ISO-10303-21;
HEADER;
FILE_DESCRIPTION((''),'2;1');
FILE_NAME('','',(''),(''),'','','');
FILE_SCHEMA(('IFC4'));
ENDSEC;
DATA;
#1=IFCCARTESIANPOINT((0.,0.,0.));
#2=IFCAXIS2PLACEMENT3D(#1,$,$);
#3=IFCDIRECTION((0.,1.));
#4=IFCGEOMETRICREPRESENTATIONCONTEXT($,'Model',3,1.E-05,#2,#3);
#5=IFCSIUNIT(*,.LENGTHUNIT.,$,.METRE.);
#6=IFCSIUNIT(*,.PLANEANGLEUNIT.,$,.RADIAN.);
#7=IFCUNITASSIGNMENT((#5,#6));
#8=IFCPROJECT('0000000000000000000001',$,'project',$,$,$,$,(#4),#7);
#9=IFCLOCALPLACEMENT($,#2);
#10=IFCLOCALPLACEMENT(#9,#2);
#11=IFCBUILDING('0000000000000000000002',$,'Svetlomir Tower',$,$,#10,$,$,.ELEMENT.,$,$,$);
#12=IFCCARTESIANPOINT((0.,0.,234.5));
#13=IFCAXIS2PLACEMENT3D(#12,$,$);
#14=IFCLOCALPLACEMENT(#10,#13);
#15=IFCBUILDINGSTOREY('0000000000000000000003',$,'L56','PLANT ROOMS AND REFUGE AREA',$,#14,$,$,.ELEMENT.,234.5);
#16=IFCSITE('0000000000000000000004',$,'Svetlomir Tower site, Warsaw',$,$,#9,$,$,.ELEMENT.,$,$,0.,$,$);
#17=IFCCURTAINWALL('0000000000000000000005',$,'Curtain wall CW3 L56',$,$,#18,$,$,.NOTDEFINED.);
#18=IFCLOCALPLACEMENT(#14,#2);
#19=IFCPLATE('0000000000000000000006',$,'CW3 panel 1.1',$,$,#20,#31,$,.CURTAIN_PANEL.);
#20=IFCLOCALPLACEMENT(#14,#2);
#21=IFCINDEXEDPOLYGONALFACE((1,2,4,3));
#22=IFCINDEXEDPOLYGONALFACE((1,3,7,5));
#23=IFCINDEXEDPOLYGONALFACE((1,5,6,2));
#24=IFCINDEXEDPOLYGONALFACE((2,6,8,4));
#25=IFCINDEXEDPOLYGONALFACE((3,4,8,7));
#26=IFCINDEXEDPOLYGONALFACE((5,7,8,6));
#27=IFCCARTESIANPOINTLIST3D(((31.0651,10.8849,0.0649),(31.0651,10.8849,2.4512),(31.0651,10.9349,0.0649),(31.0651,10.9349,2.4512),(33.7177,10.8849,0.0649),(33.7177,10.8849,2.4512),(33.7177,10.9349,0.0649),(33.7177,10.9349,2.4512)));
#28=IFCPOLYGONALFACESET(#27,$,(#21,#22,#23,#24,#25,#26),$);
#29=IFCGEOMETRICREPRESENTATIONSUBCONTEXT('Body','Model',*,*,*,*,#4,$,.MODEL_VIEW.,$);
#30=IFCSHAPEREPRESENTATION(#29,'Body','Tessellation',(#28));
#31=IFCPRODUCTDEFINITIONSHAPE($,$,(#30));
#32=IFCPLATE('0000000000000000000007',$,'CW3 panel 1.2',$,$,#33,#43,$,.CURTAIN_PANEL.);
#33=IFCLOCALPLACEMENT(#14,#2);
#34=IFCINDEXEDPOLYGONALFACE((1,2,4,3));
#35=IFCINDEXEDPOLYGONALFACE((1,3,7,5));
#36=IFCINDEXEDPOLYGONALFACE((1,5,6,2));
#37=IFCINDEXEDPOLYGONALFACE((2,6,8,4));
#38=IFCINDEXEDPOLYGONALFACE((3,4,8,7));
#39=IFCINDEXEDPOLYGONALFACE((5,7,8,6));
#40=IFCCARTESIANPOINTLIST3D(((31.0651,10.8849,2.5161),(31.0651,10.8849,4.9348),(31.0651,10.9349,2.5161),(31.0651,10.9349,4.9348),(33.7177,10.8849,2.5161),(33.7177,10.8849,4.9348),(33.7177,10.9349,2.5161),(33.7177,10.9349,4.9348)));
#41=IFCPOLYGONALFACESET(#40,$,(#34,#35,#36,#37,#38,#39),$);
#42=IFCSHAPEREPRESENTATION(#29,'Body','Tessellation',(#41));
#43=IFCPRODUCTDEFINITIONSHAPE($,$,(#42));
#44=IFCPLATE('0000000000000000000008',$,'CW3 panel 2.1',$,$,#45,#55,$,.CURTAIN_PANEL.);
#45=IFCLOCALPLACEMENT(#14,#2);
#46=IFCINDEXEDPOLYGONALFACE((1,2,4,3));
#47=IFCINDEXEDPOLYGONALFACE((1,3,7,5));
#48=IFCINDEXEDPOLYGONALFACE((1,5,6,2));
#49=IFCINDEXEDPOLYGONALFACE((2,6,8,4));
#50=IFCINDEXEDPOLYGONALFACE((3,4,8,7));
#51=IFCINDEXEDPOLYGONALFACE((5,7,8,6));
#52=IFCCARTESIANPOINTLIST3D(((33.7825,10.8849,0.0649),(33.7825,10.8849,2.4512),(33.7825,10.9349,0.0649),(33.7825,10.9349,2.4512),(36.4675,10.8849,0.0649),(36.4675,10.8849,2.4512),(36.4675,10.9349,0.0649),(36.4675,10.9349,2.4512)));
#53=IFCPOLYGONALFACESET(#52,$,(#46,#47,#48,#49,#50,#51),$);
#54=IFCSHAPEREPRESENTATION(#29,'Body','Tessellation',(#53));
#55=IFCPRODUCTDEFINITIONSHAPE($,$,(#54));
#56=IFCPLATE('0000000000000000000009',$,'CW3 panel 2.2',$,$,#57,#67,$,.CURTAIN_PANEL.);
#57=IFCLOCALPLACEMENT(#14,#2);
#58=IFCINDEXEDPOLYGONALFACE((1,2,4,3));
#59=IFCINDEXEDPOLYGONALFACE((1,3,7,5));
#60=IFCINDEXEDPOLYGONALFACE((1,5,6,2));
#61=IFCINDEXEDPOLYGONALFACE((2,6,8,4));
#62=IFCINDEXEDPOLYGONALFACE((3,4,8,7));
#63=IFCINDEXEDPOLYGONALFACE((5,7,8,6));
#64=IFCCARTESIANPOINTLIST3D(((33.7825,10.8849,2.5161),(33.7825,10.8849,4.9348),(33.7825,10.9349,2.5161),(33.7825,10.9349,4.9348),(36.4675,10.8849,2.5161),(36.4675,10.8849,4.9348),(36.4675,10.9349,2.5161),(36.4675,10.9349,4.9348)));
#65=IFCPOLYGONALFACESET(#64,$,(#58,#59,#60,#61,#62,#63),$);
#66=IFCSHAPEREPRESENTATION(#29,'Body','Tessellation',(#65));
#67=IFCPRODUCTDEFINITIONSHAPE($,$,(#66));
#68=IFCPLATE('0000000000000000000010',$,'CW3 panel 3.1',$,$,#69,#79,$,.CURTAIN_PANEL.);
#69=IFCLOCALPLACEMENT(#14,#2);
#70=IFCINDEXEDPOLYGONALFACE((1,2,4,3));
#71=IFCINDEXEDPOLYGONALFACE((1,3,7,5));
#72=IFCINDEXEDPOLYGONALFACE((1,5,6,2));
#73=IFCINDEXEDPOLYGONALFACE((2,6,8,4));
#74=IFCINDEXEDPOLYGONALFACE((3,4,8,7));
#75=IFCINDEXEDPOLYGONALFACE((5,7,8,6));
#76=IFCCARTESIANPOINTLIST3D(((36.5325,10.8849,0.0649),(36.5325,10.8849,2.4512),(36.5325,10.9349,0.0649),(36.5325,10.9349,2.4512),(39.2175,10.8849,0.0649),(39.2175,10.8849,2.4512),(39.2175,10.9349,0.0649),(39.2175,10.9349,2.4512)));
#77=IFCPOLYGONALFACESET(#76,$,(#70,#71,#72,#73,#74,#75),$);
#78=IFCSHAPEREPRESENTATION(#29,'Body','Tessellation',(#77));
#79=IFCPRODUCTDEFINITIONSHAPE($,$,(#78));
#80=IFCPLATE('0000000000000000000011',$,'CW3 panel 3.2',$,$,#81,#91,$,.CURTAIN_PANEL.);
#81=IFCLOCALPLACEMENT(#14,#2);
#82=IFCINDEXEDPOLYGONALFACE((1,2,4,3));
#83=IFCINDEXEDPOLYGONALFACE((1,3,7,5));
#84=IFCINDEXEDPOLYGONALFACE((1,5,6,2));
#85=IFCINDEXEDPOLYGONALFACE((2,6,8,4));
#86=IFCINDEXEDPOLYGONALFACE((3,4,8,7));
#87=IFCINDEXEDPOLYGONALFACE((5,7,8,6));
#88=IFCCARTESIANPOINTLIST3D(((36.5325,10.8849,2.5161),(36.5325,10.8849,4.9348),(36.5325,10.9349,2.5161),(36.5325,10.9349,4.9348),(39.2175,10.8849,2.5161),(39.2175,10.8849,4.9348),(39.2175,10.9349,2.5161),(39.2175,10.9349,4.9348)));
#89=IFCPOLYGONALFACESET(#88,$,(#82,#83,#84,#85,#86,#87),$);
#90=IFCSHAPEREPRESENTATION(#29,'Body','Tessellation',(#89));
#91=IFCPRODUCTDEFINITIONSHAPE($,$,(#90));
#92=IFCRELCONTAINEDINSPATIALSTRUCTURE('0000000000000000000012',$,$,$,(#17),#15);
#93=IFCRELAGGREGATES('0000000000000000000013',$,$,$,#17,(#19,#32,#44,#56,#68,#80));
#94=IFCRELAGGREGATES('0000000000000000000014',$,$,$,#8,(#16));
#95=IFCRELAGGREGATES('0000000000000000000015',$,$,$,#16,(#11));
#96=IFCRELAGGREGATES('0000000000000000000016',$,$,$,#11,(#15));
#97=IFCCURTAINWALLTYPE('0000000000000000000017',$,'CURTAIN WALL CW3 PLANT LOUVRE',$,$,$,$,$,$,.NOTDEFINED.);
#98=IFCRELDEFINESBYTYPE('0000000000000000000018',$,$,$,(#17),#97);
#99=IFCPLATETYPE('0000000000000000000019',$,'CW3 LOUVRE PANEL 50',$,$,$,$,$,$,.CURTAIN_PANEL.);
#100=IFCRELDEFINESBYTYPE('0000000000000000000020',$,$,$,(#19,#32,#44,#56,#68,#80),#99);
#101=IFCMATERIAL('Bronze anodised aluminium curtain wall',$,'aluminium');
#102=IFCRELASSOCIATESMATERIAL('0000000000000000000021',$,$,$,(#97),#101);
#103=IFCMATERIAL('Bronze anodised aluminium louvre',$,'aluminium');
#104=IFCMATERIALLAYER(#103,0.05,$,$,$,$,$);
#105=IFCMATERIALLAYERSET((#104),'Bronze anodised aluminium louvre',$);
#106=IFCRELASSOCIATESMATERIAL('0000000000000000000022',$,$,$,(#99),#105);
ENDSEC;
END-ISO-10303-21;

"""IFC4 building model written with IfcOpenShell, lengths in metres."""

from ifc_helpers import new_model, si_unit, direction, frame, origin, origin_2d, place, context, subcontext, project, spatial, rectangle, extrude, material, layer, layer_set, type_object, element, aggregate, save


model = new_model("IFC4")

# Units and contexts
model_context = context("Model", 3, precision=1e-05, world=origin(), true_north=direction((0.0, 1.0)))
body_context = subcontext(model_context, "Body", "Model", "MODEL_VIEW")
ifc_project = project(units=[si_unit("LENGTHUNIT", "METRE"), si_unit("PLANEANGLEUNIT", "RADIAN")], contexts=[model_context])

# Site, building, storey
site_placement = place(None, origin())
site = spatial("IfcSite", under=ifc_project, at=site_placement, Name="Svetlomir Tower site, Warsaw", CompositionType="ELEMENT", RefElevation=0.0)
building_placement = place(site_placement, origin())
building = spatial("IfcBuilding", under=site, at=building_placement, Name="Svetlomir Tower", CompositionType="ELEMENT")
storey_placement = place(building_placement, frame((0.0, 0.0, 234.5)))
storey = spatial("IfcBuildingStorey", under=building, at=storey_placement, Name="L56", Description="PLANT ROOMS AND REFUGE AREA", CompositionType="ELEMENT", Elevation=234.5)

# Curtain wall
ifc_material_1 = material(Name="Bronze anodised aluminium curtain wall", Category="aluminium")
curtain_wall_type = type_object("IfcCurtainWallType", Name="CURTAIN WALL CW3 PLANT LOUVRE", PredefinedType="NOTDEFINED", material=ifc_material_1)
curtain_wall_1_placement = place(storey_placement, origin())
curtain_wall_1 = element("IfcCurtainWall", 1, at=curtain_wall_1_placement, inside=storey, type_object=curtain_wall_type, Name="Curtain wall CW3 L56", PredefinedType="NOTDEFINED")

# Plates
ifc_material_2 = material(Name="Bronze anodised aluminium louvre", Category="aluminium")
ifc_layer = layer(ifc_material_2, 0.05)
ifc_layer_set = layer_set([ifc_layer], Name="Bronze anodised aluminium louvre")
plate_type = type_object("IfcPlateType", Name="CW3 LOUVRE PANEL 50", PredefinedType="CURTAIN_PANEL", material=ifc_layer_set)
plate_1_placement = place(storey_placement, frame((32.3914, 10.9099, 0.0649), z_axis=(0.0, 0.0, 1.0), x_axis=(1.0, 0.0, 0.0)))
plate_1 = element("IfcPlate", 2, at=plate_1_placement, type_object=plate_type, Name="CW3 panel 1.1", PredefinedType="CURTAIN_PANEL", context=body_context, shape_type="SweptSolid", body=[
    extrude(rectangle(XDim=2.6526, YDim=0.05, at=origin_2d()), origin(), (0.0, 0.0, 1.0), 2.3862),
])
plate_2_placement = place(storey_placement, frame((32.3914, 10.9099, 2.5161), z_axis=(0.0, 0.0, 1.0), x_axis=(1.0, 0.0, 0.0)))
plate_2 = element("IfcPlate", 3, at=plate_2_placement, type_object=plate_type, Name="CW3 panel 1.2", PredefinedType="CURTAIN_PANEL", context=body_context, shape_type="SweptSolid", body=[
    extrude(rectangle(XDim=2.6526, YDim=0.05, at=origin_2d()), origin(), (0.0, 0.0, 1.0), 2.4187),
])
plate_3_placement = place(storey_placement, frame((35.125, 10.9099, 0.0649), z_axis=(0.0, 0.0, 1.0), x_axis=(1.0, 0.0, 0.0)))
plate_3 = element("IfcPlate", 4, at=plate_3_placement, type_object=plate_type, Name="CW3 panel 2.1", PredefinedType="CURTAIN_PANEL", context=body_context, shape_type="SweptSolid", body=[
    extrude(rectangle(XDim=2.6851, YDim=0.05, at=origin_2d()), origin(), (0.0, 0.0, 1.0), 2.3862),
])
plate_4_placement = place(storey_placement, frame((35.125, 10.9099, 2.5161), z_axis=(0.0, 0.0, 1.0), x_axis=(1.0, 0.0, 0.0)))
plate_4 = element("IfcPlate", 5, at=plate_4_placement, type_object=plate_type, Name="CW3 panel 2.2", PredefinedType="CURTAIN_PANEL", context=body_context, shape_type="SweptSolid", body=[
    extrude(rectangle(XDim=2.6851, YDim=0.05, at=origin_2d()), origin(), (0.0, 0.0, 1.0), 2.4187),
])
plate_5_placement = place(storey_placement, frame((37.875, 10.9099, 0.0649), z_axis=(0.0, 0.0, 1.0), x_axis=(1.0, 0.0, 0.0)))
plate_5 = element("IfcPlate", 6, at=plate_5_placement, type_object=plate_type, Name="CW3 panel 3.1", PredefinedType="CURTAIN_PANEL", context=body_context, shape_type="SweptSolid", body=[
    extrude(rectangle(XDim=2.6851, YDim=0.05, at=origin_2d()), origin(), (0.0, 0.0, 1.0), 2.3862),
])
plate_6_placement = place(storey_placement, frame((37.875, 10.9099, 2.5161), z_axis=(0.0, 0.0, 1.0), x_axis=(1.0, 0.0, 0.0)))
plate_6 = element("IfcPlate", 7, at=plate_6_placement, type_object=plate_type, Name="CW3 panel 3.2", PredefinedType="CURTAIN_PANEL", context=body_context, shape_type="SweptSolid", body=[
    extrude(rectangle(XDim=2.6851, YDim=0.05, at=origin_2d()), origin(), (0.0, 0.0, 1.0), 2.4187),
])
aggregate(curtain_wall_1, [plate_1, plate_2, plate_3, plate_4, plate_5, plate_6])

save(model, "model.ifc")
